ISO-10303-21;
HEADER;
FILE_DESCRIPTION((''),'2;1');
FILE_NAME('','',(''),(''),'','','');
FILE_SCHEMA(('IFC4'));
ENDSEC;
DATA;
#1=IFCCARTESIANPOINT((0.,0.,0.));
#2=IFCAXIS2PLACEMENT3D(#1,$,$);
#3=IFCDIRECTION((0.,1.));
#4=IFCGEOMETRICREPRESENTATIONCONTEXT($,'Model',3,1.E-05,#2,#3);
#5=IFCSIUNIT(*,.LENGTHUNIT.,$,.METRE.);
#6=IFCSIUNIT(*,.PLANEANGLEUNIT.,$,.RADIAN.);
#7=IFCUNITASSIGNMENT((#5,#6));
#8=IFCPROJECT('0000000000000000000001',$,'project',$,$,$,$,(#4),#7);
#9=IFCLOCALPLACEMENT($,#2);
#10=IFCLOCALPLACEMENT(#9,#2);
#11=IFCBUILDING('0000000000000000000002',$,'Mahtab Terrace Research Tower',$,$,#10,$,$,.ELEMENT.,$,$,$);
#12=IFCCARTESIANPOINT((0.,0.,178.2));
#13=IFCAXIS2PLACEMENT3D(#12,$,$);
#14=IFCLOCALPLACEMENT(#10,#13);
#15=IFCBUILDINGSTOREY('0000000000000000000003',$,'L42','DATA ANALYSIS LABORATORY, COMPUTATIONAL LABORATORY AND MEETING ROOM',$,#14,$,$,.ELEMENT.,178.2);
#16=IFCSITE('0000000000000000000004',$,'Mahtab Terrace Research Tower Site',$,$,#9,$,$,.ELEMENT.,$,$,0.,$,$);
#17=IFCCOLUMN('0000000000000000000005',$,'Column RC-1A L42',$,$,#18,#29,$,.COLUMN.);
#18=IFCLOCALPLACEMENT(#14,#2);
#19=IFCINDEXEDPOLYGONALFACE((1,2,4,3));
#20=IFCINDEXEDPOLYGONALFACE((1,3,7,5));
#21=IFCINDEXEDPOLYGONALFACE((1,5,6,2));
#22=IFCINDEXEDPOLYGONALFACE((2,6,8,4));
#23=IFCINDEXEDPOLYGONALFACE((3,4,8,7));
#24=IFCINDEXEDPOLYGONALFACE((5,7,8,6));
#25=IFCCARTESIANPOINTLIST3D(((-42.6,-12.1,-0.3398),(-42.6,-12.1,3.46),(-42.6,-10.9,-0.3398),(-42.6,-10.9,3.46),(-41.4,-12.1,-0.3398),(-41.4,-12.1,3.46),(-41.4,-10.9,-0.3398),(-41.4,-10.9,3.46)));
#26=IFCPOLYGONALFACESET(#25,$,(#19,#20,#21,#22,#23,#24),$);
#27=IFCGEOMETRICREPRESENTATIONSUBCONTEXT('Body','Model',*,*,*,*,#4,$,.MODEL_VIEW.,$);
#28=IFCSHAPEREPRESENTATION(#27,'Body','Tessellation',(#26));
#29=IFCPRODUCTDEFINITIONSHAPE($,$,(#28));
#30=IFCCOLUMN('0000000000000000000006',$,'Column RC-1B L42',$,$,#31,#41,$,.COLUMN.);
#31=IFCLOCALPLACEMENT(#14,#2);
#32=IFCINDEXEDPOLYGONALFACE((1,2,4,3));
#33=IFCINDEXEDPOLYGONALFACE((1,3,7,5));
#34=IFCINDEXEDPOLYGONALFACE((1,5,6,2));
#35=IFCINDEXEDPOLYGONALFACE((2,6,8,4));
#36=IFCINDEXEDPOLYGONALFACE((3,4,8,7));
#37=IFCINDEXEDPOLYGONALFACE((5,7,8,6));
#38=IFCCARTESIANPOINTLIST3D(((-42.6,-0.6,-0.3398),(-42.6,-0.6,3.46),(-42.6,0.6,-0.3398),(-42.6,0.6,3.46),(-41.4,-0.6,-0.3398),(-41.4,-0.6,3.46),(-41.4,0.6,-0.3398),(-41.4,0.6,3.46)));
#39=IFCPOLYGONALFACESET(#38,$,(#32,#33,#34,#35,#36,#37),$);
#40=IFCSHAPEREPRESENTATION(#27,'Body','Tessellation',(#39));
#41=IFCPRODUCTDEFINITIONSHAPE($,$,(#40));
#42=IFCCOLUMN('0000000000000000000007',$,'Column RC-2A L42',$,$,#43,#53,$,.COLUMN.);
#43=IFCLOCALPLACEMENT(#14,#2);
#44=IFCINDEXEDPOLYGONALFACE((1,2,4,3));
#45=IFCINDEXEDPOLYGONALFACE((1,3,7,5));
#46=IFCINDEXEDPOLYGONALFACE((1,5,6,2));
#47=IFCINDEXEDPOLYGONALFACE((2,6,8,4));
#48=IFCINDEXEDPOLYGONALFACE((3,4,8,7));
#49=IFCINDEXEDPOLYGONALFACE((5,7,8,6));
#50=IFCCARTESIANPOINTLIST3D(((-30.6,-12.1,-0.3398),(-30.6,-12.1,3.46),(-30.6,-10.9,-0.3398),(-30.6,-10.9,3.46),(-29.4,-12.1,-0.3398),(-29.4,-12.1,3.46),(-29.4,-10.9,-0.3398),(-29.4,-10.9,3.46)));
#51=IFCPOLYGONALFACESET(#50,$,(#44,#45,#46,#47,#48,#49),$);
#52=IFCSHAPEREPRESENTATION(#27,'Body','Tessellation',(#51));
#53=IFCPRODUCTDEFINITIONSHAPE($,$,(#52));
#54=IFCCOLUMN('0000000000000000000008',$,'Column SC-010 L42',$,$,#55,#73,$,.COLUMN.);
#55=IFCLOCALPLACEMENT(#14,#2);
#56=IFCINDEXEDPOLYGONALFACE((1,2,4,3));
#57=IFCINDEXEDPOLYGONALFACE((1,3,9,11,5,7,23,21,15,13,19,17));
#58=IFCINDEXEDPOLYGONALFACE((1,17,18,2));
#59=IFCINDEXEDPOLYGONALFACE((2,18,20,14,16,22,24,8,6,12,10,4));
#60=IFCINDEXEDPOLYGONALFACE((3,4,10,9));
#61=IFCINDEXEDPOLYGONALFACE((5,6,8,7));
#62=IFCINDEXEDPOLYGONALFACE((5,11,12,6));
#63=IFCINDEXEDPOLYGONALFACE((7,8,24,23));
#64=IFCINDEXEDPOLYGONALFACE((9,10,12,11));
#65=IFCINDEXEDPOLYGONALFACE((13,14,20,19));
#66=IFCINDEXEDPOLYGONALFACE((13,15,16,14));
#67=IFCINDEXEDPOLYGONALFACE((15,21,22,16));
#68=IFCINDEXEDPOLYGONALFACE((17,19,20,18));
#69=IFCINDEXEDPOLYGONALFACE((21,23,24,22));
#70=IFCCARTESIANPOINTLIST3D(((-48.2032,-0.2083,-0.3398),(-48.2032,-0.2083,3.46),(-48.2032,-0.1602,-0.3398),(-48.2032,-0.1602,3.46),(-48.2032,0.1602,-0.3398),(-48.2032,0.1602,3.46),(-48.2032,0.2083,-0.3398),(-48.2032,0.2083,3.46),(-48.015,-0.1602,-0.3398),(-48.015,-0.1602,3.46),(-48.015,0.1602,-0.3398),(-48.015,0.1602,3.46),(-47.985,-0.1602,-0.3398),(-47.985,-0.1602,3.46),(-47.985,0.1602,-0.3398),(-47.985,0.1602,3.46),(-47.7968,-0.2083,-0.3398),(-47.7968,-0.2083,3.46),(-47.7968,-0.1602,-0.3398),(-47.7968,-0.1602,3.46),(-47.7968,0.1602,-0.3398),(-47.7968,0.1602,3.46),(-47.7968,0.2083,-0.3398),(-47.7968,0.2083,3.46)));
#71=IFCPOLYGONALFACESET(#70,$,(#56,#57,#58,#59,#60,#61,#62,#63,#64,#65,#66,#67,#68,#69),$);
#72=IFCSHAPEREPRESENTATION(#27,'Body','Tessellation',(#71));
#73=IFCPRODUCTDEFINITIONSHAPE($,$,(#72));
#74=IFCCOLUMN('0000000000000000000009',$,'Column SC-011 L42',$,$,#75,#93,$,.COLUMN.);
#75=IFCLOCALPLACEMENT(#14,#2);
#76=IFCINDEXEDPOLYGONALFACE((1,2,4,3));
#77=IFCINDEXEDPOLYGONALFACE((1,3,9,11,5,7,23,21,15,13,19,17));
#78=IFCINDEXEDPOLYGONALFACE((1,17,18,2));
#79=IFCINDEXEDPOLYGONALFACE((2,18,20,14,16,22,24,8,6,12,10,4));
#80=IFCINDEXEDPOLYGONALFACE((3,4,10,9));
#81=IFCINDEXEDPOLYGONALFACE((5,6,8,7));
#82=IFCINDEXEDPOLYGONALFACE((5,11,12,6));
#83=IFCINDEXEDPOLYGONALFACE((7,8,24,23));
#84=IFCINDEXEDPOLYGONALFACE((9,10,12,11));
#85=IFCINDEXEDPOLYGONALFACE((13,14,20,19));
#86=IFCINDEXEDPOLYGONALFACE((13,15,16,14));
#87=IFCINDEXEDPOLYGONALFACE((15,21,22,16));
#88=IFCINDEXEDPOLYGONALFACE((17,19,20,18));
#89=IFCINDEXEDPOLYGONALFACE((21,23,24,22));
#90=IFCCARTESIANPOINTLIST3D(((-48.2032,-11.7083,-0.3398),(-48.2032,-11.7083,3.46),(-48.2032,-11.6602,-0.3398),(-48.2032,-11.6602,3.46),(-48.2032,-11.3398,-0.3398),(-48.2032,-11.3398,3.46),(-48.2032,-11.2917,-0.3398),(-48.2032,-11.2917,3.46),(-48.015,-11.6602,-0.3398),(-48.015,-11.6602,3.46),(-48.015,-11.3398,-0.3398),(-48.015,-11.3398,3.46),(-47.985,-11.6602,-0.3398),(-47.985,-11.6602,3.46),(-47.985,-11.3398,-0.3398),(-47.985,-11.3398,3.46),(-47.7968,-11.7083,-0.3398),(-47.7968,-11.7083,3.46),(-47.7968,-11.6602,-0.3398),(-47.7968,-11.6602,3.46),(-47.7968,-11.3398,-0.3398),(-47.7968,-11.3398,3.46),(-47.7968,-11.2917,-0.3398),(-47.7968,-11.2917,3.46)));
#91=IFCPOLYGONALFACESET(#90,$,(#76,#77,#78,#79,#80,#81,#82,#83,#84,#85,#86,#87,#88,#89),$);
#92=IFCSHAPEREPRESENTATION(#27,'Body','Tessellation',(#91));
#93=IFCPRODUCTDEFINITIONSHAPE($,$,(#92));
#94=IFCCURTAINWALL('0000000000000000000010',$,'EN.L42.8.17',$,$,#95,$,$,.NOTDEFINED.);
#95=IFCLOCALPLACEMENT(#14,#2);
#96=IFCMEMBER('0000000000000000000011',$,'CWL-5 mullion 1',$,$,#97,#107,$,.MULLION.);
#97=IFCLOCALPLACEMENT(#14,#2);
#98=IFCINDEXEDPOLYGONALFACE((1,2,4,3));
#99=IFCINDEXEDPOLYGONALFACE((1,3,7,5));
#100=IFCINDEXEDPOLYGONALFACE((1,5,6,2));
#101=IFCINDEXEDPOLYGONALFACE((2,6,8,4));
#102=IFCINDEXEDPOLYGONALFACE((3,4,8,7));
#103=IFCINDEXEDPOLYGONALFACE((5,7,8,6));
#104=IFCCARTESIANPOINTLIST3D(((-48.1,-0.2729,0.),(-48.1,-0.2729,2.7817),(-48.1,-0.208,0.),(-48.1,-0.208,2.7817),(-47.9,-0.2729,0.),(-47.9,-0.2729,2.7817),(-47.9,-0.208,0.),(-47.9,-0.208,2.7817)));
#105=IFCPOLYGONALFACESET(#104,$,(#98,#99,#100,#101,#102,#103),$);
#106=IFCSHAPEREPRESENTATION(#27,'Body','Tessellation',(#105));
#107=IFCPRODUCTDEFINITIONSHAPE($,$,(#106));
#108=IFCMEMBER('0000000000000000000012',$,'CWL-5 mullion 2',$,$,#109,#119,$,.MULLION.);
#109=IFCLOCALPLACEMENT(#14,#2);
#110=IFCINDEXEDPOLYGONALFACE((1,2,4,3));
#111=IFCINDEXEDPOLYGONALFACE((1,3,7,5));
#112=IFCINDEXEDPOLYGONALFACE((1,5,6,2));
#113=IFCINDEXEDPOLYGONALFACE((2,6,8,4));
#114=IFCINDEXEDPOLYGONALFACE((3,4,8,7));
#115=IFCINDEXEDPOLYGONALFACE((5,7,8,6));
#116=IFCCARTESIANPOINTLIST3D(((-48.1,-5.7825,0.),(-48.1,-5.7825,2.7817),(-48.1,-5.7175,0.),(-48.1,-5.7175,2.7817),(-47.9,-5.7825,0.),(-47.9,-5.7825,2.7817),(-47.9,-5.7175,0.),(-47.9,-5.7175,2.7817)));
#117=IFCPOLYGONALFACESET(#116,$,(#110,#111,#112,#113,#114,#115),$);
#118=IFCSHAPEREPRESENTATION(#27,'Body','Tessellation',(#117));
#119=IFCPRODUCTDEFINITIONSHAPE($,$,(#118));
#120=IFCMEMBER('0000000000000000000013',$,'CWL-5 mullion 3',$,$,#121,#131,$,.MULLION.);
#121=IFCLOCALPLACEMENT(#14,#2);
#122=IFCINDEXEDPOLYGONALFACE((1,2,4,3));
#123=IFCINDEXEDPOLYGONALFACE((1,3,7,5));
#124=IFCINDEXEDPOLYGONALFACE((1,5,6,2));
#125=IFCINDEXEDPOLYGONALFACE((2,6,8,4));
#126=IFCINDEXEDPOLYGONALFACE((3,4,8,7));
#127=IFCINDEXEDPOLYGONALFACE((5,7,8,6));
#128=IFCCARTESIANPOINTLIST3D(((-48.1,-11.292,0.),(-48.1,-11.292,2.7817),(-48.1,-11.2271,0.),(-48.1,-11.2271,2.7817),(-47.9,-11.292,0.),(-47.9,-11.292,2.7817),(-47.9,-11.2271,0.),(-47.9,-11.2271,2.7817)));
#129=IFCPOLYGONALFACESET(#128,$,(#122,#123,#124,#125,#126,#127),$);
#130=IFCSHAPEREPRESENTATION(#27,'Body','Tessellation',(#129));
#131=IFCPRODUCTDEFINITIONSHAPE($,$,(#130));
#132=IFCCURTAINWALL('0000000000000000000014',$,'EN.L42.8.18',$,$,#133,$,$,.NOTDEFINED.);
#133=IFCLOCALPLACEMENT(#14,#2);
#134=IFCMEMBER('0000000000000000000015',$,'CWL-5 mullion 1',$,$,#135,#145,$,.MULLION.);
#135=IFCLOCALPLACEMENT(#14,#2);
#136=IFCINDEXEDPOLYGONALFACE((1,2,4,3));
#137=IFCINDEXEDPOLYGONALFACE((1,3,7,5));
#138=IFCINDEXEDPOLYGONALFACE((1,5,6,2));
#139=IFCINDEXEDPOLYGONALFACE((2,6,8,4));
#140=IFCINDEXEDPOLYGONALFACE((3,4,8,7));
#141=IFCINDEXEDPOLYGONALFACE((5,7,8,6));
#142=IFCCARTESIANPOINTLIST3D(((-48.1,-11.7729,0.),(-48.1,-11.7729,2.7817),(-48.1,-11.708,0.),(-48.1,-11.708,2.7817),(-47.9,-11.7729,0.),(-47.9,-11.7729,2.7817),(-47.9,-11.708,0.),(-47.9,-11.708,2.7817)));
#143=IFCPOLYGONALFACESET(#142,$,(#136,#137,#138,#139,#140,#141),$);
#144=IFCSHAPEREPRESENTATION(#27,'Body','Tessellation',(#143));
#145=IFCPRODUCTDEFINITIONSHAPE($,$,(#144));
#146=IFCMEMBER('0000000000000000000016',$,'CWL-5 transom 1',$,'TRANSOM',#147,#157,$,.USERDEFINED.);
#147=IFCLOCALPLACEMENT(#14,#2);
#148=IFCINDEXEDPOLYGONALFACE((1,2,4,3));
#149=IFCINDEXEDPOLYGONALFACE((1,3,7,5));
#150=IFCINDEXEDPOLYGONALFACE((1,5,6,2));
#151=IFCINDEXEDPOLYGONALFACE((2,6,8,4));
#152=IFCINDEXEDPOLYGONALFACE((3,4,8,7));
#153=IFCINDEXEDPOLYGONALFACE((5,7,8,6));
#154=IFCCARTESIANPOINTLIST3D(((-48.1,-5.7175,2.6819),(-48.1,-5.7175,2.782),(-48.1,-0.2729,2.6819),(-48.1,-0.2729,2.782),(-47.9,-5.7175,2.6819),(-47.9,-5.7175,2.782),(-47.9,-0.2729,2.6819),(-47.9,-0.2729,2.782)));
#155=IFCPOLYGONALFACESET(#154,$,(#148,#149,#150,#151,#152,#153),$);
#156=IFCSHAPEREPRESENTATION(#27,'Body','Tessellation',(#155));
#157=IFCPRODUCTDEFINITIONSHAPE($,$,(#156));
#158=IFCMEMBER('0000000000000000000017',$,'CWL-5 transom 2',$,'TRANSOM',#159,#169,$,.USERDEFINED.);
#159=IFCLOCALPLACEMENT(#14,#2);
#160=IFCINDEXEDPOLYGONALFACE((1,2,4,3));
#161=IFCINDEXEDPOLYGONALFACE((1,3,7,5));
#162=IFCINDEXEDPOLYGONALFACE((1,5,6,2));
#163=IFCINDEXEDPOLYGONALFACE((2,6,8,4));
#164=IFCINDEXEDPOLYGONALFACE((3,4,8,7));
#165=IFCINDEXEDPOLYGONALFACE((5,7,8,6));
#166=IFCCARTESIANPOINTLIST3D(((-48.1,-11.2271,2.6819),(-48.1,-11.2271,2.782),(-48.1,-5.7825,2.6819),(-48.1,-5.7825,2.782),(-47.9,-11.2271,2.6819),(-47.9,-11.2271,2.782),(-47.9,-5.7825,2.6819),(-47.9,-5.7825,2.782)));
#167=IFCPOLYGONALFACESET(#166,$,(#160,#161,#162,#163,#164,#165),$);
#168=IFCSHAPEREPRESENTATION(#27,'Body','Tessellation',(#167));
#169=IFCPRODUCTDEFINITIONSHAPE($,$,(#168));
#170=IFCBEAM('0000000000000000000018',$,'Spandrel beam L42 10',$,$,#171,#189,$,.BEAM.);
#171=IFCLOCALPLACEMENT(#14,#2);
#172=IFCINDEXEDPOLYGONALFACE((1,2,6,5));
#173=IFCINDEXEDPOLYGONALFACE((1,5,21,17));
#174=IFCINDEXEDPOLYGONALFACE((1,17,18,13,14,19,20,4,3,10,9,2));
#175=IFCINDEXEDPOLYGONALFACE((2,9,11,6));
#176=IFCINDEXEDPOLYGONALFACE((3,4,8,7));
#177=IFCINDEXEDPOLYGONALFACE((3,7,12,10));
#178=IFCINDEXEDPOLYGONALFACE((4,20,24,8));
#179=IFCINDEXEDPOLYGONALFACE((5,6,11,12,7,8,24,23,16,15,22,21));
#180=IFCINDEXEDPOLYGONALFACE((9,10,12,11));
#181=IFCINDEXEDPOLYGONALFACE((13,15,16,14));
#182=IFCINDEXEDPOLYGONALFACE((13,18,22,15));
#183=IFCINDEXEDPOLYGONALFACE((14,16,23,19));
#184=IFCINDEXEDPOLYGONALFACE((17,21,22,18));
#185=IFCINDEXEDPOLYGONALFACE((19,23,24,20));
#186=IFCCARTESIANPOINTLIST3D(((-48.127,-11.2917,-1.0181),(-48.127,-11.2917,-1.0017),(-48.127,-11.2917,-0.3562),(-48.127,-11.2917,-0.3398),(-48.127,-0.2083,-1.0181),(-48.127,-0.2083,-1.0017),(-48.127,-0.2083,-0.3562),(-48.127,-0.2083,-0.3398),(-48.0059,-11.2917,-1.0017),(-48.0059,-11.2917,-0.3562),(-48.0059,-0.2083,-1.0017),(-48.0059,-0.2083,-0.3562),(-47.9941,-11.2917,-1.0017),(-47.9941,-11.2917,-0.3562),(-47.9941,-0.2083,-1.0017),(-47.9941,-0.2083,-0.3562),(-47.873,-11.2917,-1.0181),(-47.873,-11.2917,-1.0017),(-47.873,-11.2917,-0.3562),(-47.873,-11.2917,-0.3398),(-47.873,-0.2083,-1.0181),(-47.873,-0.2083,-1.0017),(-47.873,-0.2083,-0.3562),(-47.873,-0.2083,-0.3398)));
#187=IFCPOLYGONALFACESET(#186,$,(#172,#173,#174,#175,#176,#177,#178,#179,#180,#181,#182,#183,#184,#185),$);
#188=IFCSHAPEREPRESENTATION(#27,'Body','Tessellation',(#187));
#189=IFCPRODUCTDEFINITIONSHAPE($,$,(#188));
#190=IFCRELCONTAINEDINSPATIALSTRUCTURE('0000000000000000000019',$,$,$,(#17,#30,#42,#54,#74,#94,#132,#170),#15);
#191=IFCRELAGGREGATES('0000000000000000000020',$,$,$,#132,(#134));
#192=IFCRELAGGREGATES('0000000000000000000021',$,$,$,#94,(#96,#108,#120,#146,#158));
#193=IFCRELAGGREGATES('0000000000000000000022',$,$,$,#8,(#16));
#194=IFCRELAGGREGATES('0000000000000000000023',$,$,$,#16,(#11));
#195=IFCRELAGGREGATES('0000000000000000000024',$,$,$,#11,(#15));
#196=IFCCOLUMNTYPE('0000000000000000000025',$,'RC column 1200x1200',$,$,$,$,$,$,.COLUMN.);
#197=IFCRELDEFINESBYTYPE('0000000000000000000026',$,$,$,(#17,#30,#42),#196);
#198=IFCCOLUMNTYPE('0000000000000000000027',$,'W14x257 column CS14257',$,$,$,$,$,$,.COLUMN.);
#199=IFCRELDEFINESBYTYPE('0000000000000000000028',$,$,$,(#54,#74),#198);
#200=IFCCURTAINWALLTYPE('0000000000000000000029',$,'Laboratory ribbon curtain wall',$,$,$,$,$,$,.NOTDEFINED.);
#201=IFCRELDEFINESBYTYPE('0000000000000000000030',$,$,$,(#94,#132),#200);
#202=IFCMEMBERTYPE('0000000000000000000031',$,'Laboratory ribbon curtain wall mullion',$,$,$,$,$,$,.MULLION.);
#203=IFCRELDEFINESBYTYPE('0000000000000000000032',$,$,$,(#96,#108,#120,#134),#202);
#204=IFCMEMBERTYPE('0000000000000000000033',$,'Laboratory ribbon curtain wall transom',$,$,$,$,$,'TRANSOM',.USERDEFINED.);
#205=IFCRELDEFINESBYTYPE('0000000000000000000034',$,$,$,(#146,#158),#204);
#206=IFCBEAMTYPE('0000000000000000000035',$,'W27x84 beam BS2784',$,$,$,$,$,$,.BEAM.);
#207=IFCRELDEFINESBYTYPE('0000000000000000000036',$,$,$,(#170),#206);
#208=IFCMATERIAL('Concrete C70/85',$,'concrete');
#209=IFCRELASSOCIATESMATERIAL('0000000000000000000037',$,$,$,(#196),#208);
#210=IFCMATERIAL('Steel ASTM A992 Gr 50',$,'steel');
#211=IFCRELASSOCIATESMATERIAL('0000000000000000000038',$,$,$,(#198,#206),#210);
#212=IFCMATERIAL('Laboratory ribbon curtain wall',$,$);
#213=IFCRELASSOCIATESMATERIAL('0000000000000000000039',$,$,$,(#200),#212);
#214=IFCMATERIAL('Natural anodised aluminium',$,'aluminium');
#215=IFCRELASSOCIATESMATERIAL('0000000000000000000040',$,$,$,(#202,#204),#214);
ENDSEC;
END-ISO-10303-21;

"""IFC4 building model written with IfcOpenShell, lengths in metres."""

from ifc_helpers import new_model, si_unit, direction, frame, origin, origin_2d, place, context, subcontext, project, spatial, rectangle, i_section, extrude, material, material_profile, profile_set, type_object, element, aggregate, save


model = new_model("IFC4")

# Units and contexts
model_context = context("Model", 3, precision=1e-05, world=origin(), true_north=direction((0.0, 1.0)))
body_context = subcontext(model_context, "Body", "Model", "MODEL_VIEW")
ifc_project = project(units=[si_unit("LENGTHUNIT", "METRE"), si_unit("PLANEANGLEUNIT", "RADIAN")], contexts=[model_context])

# Site, building, storey
site_placement = place(None, origin())
site = spatial("IfcSite", under=ifc_project, at=site_placement, Name="Mahtab Terrace Research Tower Site", CompositionType="ELEMENT", RefElevation=0.0)
building_placement = place(site_placement, origin())
building = spatial("IfcBuilding", under=site, at=building_placement, Name="Mahtab Terrace Research Tower", CompositionType="ELEMENT")
storey_placement = place(building_placement, frame((0.0, 0.0, 178.2)))
storey = spatial("IfcBuildingStorey", under=building, at=storey_placement, Name="L42", Description="DATA ANALYSIS LABORATORY, COMPUTATIONAL LABORATORY AND MEETING ROOM", CompositionType="ELEMENT", Elevation=178.2)

# Columns
ifc_material_1 = material(Name="Concrete C70/85", Category="concrete")
ifc_material_profile_1 = material_profile(ifc_material_1, rectangle(XDim=1.2, YDim=1.2, at=origin_2d()), Name="RC column 1200x1200")
ifc_profile_set_1 = profile_set([ifc_material_profile_1], Name="Concrete C70/85")
column_type_1 = type_object("IfcColumnType", Name="RC column 1200x1200", PredefinedType="COLUMN", material=ifc_profile_set_1)
for number, where, z_axis, x_axis, name in (
    (1, (-42.0, -11.5, -0.3398), (0.0, 0.0, 1.0), (1.0, 0.0, 0.0), "Column RC-1A L42"),
    (2, (-42.0, 0.0, -0.3398), (0.0, 0.0, 1.0), (1.0, 0.0, 0.0), "Column RC-1B L42"),
    (3, (-30.0, -11.5, -0.3398), (0.0, 0.0, 1.0), (1.0, 0.0, 0.0), "Column RC-2A L42"),
):
    element("IfcColumn", number, at=place(storey_placement, frame(where, z_axis=z_axis, x_axis=x_axis)), inside=storey, type_object=column_type_1, Name=name, PredefinedType="COLUMN", context=body_context, shape_type="SweptSolid", body=[
        extrude(rectangle(XDim=1.2, YDim=1.2, at=origin_2d()), origin(), (0.0, 0.0, 1.0), 3.7998),
    ])
ifc_material_2 = material(Name="Steel ASTM A992 Gr 50", Category="steel")
ifc_material_profile_2 = material_profile(ifc_material_2, i_section(OverallWidth=0.4065, OverallDepth=0.4165, WebThickness=0.03, FlangeThickness=0.0481, at=origin_2d()), Name="W14X257")
ifc_profile_set_2 = profile_set([ifc_material_profile_2], Name="Steel ASTM A992 Gr 50")
column_type_2 = type_object("IfcColumnType", Name="W14x257 column CS14257", PredefinedType="COLUMN", material=ifc_profile_set_2)
for number, where, z_axis, x_axis, name in (
    (4, (-48.0, 0.0, -0.3398), (0.0, 0.0, 1.0), (1.0, 0.0, 0.0), "Column SC-010 L42"),
    (5, (-48.0, -11.5, -0.3398), (0.0, 0.0, 1.0), (1.0, 0.0, 0.0), "Column SC-011 L42"),
):
    element("IfcColumn", number, at=place(storey_placement, frame(where, z_axis=z_axis, x_axis=x_axis)), inside=storey, type_object=column_type_2, Name=name, PredefinedType="COLUMN", context=body_context, shape_type="SweptSolid", body=[
        extrude(i_section(OverallWidth=0.4065, OverallDepth=0.4165, WebThickness=0.03, FlangeThickness=0.0481, at=origin_2d()), origin(), (0.0, 0.0, 1.0), 3.7998),
    ])

# Curtain wall, members
ifc_material_3 = material(Name="Laboratory ribbon curtain wall")
curtain_wall_type = type_object("IfcCurtainWallType", Name="Laboratory ribbon curtain wall", PredefinedType="NOTDEFINED", material=ifc_material_3)
curtain_wall_1_placement = place(storey_placement, origin())
curtain_wall_1 = element("IfcCurtainWall", 6, at=curtain_wall_1_placement, inside=storey, type_object=curtain_wall_type, Name="EN.L42.8.17", PredefinedType="NOTDEFINED")
ifc_material_4 = material(Name="Natural anodised aluminium", Category="aluminium")
ifc_material_profile_3 = material_profile(ifc_material_4, rectangle(XDim=0.2, YDim=0.0649, at=origin_2d()), Name="MULLION 65x200")
ifc_profile_set_3 = profile_set([ifc_material_profile_3], Name="Natural anodised aluminium")
member_type_1 = type_object("IfcMemberType", Name="Laboratory ribbon curtain wall mullion", PredefinedType="MULLION", material=ifc_profile_set_3)
member_1_placement = place(storey_placement, frame((-48.0, -0.2405, 0.0), z_axis=(0.0, 0.0, 1.0), x_axis=(1.0, 0.0, 0.0)))
member_1 = element("IfcMember", 7, at=member_1_placement, type_object=member_type_1, Name="CWL-5 mullion 1", PredefinedType="MULLION", context=body_context, shape_type="SweptSolid", body=[
    extrude(rectangle(XDim=0.2, YDim=0.0649, at=origin_2d()), origin(), (0.0, 0.0, 1.0), 2.7817),
])
member_2_placement = place(storey_placement, frame((-48.0, -5.75, 0.0), z_axis=(0.0, 0.0, 1.0), x_axis=(1.0, 0.0, 0.0)))
member_2 = element("IfcMember", 8, at=member_2_placement, type_object=member_type_1, Name="CWL-5 mullion 2", PredefinedType="MULLION", context=body_context, shape_type="SweptSolid", body=[
    extrude(rectangle(XDim=0.2, YDim=0.0649, at=origin_2d()), origin(), (0.0, 0.0, 1.0), 2.7817),
])
member_3_placement = place(storey_placement, frame((-48.0, -11.2595, 0.0), z_axis=(0.0, 0.0, 1.0), x_axis=(1.0, 0.0, 0.0)))
member_3 = element("IfcMember", 9, at=member_3_placement, type_object=member_type_1, Name="CWL-5 mullion 3", PredefinedType="MULLION", context=body_context, shape_type="SweptSolid", body=[
    extrude(rectangle(XDim=0.2, YDim=0.0649, at=origin_2d()), origin(), (0.0, 0.0, 1.0), 2.7817),
])

# Curtain wall, member
curtain_wall_2_placement = place(storey_placement, origin())
curtain_wall_2 = element("IfcCurtainWall", 10, at=curtain_wall_2_placement, inside=storey, type_object=curtain_wall_type, Name="EN.L42.8.18", PredefinedType="NOTDEFINED")
member_4_placement = place(storey_placement, frame((-48.0, -11.7405, 0.0), z_axis=(0.0, 0.0, 1.0), x_axis=(1.0, 0.0, 0.0)))
member_4 = element("IfcMember", 11, at=member_4_placement, type_object=member_type_1, Name="CWL-5 mullion 1", PredefinedType="MULLION", context=body_context, shape_type="SweptSolid", body=[
    extrude(rectangle(XDim=0.2, YDim=0.0649, at=origin_2d()), origin(), (0.0, 0.0, 1.0), 2.7817),
])
aggregate(curtain_wall_2, [member_4])

# Members
ifc_material_profile_4 = material_profile(ifc_material_4, rectangle(XDim=0.2, YDim=0.1001, at=origin_2d()), Name="TRANSOM 100x200")
ifc_profile_set_4 = profile_set([ifc_material_profile_4], Name="Natural anodised aluminium")
member_type_2 = type_object("IfcMemberType", Name="Laboratory ribbon curtain wall transom", ElementType="TRANSOM", PredefinedType="USERDEFINED", material=ifc_profile_set_4)
member_5_placement = place(storey_placement, frame((-48.0, -0.2729, 2.7319), z_axis=(0.0, -1.0, 0.0), x_axis=(1.0, 0.0, 0.0)))
member_5 = element("IfcMember", 12, at=member_5_placement, type_object=member_type_2, Name="CWL-5 transom 1", ObjectType="TRANSOM", PredefinedType="USERDEFINED", context=body_context, shape_type="SweptSolid", body=[
    extrude(rectangle(XDim=0.2, YDim=0.1001, at=origin_2d()), origin(), (0.0, 0.0, 1.0), 5.4446),
])
member_6_placement = place(storey_placement, frame((-48.0, -5.7825, 2.7319), z_axis=(0.0, -1.0, 0.0), x_axis=(1.0, 0.0, 0.0)))
member_6 = element("IfcMember", 13, at=member_6_placement, type_object=member_type_2, Name="CWL-5 transom 2", ObjectType="TRANSOM", PredefinedType="USERDEFINED", context=body_context, shape_type="SweptSolid", body=[
    extrude(rectangle(XDim=0.2, YDim=0.1001, at=origin_2d()), origin(), (0.0, 0.0, 1.0), 5.4446),
])

# Beam
ifc_material_profile_5 = material_profile(ifc_material_2, i_section(OverallWidth=0.2539, OverallDepth=0.6782, WebThickness=0.0117, FlangeThickness=0.0164, at=origin_2d()), Name="W27X84")
ifc_profile_set_5 = profile_set([ifc_material_profile_5], Name="Steel ASTM A992 Gr 50")
beam_type = type_object("IfcBeamType", Name="W27x84 beam BS2784", PredefinedType="BEAM", material=ifc_profile_set_5)
beam_1_placement = place(storey_placement, frame((-48.0, -0.2083, -0.679), z_axis=(0.0, -1.0, 0.0), x_axis=(1.0, 0.0, 0.0)))
element("IfcBeam", 14, at=beam_1_placement, inside=storey, type_object=beam_type, Name="Spandrel beam L42 10", PredefinedType="BEAM", context=body_context, shape_type="SweptSolid", body=[
    extrude(i_section(OverallWidth=0.2539, OverallDepth=0.6782, WebThickness=0.0117, FlangeThickness=0.0164, at=origin_2d()), origin(), (0.0, 0.0, 1.0), 11.0835),
])

aggregate(curtain_wall_1, [member_1, member_2, member_3, member_5, member_6])

save(model, "model.ifc")
